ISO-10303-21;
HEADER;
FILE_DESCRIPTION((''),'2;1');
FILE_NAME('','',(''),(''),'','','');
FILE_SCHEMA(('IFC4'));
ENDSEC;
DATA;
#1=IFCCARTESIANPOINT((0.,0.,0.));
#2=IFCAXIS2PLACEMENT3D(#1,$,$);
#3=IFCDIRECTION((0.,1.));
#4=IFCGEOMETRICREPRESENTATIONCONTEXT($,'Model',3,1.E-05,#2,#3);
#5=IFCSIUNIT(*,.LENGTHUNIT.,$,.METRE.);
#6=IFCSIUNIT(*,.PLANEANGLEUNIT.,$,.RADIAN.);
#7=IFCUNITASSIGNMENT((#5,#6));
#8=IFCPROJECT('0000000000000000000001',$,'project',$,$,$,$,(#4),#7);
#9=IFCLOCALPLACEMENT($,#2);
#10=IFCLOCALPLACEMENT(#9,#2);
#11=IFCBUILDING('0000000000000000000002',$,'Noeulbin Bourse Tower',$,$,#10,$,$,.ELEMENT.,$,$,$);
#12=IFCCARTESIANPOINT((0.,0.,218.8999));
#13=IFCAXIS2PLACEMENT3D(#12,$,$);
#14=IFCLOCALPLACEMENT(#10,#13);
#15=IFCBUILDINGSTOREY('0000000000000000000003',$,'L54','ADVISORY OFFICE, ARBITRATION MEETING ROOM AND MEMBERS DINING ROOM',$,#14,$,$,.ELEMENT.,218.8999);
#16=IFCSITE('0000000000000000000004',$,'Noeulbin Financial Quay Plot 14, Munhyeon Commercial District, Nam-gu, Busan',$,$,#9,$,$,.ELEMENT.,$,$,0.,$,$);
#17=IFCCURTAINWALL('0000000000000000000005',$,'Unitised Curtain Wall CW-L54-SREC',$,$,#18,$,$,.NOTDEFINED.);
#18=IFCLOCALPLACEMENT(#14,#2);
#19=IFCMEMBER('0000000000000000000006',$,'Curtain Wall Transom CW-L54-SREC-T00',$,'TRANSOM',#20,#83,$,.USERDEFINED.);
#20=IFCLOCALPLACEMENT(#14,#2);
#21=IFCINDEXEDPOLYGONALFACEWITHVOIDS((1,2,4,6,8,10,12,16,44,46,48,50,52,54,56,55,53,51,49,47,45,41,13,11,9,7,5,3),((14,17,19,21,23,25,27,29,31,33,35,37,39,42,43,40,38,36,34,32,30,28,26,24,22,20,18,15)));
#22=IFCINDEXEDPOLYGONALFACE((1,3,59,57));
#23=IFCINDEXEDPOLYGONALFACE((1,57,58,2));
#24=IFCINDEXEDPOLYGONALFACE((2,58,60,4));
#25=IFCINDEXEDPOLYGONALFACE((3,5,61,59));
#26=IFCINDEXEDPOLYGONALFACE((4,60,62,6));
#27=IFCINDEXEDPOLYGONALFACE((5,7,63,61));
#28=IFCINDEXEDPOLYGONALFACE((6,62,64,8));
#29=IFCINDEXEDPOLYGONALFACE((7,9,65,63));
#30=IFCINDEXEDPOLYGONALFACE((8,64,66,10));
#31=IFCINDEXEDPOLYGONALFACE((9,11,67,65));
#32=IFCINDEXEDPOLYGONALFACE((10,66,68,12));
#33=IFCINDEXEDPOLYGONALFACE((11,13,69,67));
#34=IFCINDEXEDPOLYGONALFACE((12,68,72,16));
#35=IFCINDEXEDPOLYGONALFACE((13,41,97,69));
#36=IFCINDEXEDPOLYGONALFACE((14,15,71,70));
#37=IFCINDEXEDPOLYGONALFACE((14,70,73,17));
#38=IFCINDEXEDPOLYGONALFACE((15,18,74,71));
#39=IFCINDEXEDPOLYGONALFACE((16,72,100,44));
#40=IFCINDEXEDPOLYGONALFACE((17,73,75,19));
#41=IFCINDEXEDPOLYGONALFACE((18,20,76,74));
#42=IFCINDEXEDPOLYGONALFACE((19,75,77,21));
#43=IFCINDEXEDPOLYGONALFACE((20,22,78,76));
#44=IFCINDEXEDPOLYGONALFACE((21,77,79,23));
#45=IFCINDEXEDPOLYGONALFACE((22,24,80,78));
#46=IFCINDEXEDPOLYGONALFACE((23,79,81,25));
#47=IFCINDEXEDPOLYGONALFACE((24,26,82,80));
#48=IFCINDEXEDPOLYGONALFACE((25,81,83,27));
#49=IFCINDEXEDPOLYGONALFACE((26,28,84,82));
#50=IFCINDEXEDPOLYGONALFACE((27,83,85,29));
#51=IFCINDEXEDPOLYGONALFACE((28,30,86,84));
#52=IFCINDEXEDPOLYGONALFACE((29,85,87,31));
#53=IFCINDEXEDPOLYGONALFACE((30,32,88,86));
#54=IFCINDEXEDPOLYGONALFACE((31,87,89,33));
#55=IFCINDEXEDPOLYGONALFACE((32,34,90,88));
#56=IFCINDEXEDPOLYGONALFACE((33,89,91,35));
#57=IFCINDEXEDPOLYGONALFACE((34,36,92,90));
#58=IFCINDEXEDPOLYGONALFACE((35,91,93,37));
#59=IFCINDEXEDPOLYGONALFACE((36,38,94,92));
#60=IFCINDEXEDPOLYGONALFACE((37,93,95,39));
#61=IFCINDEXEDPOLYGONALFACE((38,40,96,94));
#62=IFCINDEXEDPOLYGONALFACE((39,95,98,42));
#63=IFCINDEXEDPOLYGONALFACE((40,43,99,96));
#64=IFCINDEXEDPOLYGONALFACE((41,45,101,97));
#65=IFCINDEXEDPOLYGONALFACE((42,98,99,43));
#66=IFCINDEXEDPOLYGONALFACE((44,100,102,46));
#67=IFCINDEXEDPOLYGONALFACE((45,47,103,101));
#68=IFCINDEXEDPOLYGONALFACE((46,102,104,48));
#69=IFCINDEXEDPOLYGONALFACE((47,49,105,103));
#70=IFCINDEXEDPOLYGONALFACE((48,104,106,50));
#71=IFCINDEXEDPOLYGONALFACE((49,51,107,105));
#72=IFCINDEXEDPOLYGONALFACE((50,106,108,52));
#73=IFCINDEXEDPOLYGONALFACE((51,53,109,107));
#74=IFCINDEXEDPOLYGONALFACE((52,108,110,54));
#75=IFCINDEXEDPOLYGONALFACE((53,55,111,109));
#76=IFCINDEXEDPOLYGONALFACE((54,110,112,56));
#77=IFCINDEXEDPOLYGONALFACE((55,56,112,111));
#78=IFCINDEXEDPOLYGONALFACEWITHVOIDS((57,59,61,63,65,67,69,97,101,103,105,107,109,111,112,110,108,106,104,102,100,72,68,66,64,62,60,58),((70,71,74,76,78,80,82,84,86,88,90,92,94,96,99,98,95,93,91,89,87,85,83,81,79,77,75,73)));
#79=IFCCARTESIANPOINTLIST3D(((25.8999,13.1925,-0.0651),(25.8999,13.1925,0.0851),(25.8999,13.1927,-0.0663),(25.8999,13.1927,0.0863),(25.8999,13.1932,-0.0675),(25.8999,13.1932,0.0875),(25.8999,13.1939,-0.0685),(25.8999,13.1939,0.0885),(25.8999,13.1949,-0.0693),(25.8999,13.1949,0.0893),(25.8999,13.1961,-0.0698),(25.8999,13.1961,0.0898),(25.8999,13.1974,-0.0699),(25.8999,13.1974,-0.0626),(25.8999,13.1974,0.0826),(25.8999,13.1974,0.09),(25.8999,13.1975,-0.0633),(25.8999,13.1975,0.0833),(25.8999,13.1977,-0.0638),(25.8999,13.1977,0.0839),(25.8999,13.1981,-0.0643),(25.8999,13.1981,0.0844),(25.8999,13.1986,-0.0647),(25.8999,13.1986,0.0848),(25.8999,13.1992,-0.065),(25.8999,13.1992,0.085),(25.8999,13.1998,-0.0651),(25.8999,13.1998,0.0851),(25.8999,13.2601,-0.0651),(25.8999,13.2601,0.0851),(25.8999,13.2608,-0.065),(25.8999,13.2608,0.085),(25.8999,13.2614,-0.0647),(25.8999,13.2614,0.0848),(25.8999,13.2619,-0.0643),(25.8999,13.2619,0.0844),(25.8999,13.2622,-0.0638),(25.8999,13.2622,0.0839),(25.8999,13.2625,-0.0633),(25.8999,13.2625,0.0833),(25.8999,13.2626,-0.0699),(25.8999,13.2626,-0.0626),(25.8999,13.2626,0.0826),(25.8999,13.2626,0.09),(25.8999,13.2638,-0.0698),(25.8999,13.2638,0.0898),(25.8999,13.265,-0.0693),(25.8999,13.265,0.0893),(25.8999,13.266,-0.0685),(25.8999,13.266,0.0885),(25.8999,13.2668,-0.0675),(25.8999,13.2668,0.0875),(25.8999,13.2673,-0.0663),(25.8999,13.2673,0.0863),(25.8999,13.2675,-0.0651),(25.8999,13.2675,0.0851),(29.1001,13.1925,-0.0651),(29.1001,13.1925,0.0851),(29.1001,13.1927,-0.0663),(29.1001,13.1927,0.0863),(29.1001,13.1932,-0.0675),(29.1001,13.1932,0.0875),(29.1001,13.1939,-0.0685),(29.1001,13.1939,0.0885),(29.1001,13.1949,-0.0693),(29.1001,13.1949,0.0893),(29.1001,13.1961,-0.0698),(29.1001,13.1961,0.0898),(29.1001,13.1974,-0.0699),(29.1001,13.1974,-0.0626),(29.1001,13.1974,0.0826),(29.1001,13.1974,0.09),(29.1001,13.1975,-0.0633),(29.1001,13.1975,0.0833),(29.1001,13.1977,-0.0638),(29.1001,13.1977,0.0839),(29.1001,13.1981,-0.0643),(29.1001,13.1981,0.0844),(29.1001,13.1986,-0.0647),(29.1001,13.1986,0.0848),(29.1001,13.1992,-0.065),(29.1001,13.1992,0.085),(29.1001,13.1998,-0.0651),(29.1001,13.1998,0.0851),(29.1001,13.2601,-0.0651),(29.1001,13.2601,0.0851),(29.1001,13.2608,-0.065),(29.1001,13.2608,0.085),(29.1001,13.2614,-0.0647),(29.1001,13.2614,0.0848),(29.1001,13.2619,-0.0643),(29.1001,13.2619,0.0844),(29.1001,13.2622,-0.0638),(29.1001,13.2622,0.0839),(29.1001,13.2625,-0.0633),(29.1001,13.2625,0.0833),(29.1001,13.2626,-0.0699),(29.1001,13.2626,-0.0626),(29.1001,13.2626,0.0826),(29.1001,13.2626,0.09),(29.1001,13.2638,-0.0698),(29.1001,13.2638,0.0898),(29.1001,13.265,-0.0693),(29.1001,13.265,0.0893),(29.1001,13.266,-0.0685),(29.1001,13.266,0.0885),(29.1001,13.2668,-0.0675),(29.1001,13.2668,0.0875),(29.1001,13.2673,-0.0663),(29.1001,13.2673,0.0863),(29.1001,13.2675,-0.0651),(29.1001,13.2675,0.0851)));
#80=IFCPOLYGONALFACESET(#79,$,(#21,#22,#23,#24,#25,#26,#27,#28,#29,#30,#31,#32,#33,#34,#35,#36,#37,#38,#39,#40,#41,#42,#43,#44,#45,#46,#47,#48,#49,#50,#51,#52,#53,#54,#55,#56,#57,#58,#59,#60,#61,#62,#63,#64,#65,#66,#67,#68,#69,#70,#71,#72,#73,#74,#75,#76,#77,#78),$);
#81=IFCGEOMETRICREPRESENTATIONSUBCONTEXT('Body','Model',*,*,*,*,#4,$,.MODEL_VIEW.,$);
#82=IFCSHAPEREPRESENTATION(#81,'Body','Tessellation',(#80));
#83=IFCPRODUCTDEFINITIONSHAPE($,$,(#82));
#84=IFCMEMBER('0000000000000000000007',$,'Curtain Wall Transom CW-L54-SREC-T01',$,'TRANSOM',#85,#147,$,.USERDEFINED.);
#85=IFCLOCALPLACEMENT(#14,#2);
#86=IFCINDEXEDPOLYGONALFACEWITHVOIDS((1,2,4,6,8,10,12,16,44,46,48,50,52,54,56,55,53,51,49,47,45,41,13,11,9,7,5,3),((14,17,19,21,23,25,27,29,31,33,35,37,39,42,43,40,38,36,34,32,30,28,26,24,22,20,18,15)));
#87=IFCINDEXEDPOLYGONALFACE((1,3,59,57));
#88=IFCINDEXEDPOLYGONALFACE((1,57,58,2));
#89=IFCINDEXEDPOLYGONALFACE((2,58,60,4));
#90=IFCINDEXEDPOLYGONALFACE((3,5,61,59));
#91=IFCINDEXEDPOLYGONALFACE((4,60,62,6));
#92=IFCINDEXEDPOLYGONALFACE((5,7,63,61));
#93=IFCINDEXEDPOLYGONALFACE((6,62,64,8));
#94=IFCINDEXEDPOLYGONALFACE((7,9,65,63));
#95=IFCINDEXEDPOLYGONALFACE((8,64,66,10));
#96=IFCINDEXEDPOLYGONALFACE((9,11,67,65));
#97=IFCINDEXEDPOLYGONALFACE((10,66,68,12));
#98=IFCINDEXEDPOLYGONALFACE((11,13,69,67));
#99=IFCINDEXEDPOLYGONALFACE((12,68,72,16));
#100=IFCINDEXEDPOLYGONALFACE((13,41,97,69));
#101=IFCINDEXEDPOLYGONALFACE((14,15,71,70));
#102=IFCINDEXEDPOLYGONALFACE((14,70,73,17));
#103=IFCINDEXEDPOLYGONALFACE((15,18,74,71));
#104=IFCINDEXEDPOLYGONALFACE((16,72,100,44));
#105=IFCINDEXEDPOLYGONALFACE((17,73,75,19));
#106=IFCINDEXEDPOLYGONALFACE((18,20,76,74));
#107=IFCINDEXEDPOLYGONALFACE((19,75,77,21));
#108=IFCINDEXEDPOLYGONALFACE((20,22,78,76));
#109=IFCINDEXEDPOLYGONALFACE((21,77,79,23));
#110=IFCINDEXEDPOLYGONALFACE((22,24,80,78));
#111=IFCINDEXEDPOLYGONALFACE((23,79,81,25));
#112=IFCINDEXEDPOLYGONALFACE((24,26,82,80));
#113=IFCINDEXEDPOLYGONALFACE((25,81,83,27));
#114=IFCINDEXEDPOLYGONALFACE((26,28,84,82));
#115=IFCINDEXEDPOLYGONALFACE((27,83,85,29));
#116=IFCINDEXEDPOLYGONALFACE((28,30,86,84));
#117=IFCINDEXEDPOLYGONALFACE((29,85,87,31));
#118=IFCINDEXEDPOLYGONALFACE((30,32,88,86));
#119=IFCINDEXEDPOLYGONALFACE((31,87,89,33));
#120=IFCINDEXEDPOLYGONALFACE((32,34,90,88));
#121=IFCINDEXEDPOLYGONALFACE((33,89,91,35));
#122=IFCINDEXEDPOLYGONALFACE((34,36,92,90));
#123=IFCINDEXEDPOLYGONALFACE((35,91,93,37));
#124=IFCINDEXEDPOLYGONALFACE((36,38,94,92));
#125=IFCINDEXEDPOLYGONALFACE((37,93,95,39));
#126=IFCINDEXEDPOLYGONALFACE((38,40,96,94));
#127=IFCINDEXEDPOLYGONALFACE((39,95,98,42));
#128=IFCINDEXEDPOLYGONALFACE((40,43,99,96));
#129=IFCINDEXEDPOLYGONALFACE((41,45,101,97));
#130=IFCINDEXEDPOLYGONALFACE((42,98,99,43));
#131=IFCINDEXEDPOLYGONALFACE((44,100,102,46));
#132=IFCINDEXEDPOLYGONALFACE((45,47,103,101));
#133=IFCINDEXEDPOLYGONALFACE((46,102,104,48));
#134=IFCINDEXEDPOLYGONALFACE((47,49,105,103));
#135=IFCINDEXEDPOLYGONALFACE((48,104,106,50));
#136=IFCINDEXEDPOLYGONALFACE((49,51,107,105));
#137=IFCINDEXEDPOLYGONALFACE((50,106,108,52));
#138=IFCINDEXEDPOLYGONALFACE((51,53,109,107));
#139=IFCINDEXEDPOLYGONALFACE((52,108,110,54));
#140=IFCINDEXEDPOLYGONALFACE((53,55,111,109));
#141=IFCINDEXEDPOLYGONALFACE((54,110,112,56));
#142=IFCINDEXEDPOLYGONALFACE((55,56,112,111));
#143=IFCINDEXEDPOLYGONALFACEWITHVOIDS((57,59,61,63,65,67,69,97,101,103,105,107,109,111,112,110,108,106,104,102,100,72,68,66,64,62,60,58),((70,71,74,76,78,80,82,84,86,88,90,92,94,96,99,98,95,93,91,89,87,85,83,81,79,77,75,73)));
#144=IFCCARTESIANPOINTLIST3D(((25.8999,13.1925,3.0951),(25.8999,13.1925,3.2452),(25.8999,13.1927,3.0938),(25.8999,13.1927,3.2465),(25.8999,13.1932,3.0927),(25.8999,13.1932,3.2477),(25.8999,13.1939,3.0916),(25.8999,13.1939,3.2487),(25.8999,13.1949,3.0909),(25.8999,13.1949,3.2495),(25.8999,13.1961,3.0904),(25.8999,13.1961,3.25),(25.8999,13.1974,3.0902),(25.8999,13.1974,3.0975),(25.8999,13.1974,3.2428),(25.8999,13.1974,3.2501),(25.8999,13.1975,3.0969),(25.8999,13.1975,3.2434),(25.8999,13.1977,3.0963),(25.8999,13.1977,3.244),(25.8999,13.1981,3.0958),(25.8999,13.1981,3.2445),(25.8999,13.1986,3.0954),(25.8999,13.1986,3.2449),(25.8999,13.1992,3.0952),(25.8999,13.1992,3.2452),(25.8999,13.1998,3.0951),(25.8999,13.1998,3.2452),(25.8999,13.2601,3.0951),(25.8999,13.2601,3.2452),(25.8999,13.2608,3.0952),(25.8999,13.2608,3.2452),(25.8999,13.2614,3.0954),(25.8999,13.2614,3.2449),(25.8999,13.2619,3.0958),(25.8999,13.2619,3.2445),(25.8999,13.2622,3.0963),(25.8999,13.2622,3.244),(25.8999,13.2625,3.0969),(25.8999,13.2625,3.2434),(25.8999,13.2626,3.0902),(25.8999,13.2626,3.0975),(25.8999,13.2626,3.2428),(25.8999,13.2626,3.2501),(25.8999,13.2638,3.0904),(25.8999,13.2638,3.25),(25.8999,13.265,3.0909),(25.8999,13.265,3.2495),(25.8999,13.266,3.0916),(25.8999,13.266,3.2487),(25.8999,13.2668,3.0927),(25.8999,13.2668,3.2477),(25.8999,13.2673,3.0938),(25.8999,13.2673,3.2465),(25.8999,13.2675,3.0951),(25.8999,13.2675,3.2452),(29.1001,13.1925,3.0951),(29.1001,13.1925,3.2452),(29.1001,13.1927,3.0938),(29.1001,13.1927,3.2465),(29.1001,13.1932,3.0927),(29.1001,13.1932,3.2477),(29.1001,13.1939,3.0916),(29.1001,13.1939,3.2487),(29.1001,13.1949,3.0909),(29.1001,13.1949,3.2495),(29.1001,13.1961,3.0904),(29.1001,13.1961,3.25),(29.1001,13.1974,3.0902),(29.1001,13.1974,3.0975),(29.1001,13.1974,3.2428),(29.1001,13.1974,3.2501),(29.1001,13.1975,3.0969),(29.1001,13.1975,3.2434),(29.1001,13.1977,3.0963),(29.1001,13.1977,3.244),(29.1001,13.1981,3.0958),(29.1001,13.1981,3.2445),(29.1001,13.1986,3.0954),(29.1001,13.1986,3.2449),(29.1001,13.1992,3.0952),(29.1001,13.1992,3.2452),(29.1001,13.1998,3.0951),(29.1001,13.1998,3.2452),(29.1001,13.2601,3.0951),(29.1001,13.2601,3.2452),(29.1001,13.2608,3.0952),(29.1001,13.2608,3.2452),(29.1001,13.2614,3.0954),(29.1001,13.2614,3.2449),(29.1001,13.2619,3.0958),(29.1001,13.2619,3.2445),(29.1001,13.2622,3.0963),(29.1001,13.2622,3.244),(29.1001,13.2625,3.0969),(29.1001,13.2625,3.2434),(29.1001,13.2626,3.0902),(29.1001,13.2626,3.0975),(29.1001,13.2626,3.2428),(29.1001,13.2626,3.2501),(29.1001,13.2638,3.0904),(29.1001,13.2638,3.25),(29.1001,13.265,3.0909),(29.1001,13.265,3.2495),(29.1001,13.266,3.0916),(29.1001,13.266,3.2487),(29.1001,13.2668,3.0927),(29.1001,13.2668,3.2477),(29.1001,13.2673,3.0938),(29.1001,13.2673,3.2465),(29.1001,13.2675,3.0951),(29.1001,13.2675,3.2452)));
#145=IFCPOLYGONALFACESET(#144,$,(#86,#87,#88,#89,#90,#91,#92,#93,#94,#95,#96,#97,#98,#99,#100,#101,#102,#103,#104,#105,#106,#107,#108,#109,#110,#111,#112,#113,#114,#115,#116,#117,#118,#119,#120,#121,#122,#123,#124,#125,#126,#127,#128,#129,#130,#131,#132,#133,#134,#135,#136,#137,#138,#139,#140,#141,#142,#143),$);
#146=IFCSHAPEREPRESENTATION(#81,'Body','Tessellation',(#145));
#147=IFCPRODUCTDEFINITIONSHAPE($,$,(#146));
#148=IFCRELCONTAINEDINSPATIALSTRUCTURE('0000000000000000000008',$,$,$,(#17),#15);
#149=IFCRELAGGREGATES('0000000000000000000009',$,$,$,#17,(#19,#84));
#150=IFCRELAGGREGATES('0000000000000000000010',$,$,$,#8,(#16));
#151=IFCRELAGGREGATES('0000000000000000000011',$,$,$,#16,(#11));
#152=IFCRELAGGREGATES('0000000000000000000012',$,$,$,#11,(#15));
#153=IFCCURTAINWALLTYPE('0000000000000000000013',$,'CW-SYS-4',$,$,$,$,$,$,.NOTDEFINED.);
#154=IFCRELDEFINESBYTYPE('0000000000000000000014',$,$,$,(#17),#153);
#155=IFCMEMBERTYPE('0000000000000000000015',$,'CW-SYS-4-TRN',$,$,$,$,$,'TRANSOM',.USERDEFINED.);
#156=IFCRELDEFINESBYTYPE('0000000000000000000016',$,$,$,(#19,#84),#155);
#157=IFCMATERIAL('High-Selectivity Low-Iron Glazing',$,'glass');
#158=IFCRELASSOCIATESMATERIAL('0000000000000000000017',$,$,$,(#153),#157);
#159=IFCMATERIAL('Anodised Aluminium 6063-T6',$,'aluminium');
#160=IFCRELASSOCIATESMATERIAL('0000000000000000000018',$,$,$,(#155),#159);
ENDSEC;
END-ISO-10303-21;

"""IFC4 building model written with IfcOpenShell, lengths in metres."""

from ifc_helpers import new_model, si_unit, direction, frame, origin, origin_2d, place, context, subcontext, project, spatial, hollow_rectangle, extrude, material, material_profile, profile_set, type_object, element, aggregate, save


model = new_model("IFC4")

# Units and contexts
model_context = context("Model", 3, precision=1e-05, world=origin(), true_north=direction((0.0, 1.0)))
body_context = subcontext(model_context, "Body", "Model", "MODEL_VIEW")
ifc_project = project(units=[si_unit("LENGTHUNIT", "METRE"), si_unit("PLANEANGLEUNIT", "RADIAN")], contexts=[model_context])

# Site, building, storey
site_placement = place(None, origin())
site = spatial("IfcSite", under=ifc_project, at=site_placement, Name="Noeulbin Financial Quay Plot 14, Munhyeon Commercial District, Nam-gu, Busan", CompositionType="ELEMENT", RefElevation=0.0)
building_placement = place(site_placement, origin())
building = spatial("IfcBuilding", under=site, at=building_placement, Name="Noeulbin Bourse Tower", CompositionType="ELEMENT")
storey_placement = place(building_placement, frame((0.0, 0.0, 218.8999)))
storey = spatial("IfcBuildingStorey", under=building, at=storey_placement, Name="L54", Description="ADVISORY OFFICE, ARBITRATION MEETING ROOM AND MEMBERS DINING ROOM", CompositionType="ELEMENT", Elevation=218.8999)

# Curtain wall
ifc_material_1 = material(Name="High-Selectivity Low-Iron Glazing", Category="glass")
curtain_wall_type = type_object("IfcCurtainWallType", Name="CW-SYS-4", PredefinedType="NOTDEFINED", material=ifc_material_1)
curtain_wall_1_placement = place(storey_placement, origin())
curtain_wall_1 = element("IfcCurtainWall", 1, at=curtain_wall_1_placement, inside=storey, type_object=curtain_wall_type, Name="Unitised Curtain Wall CW-L54-SREC", PredefinedType="NOTDEFINED")
ifc_material_2 = material(Name="Anodised Aluminium 6063-T6", Category="aluminium")

# Members
ifc_material_profile_1 = material_profile(ifc_material_2, hollow_rectangle(XDim=0.075, YDim=0.1599, WallThickness=0.0049, InnerFilletRadius=0.0024, OuterFilletRadius=0.0049, at=origin_2d()), Name="ALU-TRAN-75x160x5", Category="LoadBearing")
ifc_profile_set_1 = profile_set([ifc_material_profile_1], Name="Anodised Aluminium 6063-T6")
member_type_1 = type_object("IfcMemberType", Name="CW-SYS-4-TRN", ElementType="TRANSOM", PredefinedType="USERDEFINED", material=ifc_profile_set_1)
member_1_placement = place(storey_placement, frame((25.8999, 13.23, 0.01), z_axis=(1.0, 0.0, 0.0), x_axis=(0.0, 1.0, 0.0)))
member_1 = element("IfcMember", 2, at=member_1_placement, type_object=member_type_1, Name="Curtain Wall Transom CW-L54-SREC-T00", ObjectType="TRANSOM", PredefinedType="USERDEFINED", context=body_context, shape_type="SweptSolid", body=[
    extrude(hollow_rectangle(XDim=0.075, YDim=0.1599, WallThickness=0.0049, InnerFilletRadius=0.0024, OuterFilletRadius=0.0049, at=origin_2d()), origin(), (0.0, 0.0, 1.0), 3.2002),
])
member_2_placement = place(storey_placement, frame((25.8999, 13.23, 3.1702), z_axis=(1.0, 0.0, 0.0), x_axis=(0.0, 1.0, 0.0)))
member_2 = element("IfcMember", 3, at=member_2_placement, type_object=member_type_1, Name="Curtain Wall Transom CW-L54-SREC-T01", ObjectType="TRANSOM", PredefinedType="USERDEFINED", context=body_context, shape_type="SweptSolid", body=[
    extrude(hollow_rectangle(XDim=0.075, YDim=0.1599, WallThickness=0.0049, InnerFilletRadius=0.0024, OuterFilletRadius=0.0049, at=origin_2d()), origin(), (0.0, 0.0, 1.0), 3.2002),
])

aggregate(curtain_wall_1, [member_1, member_2])

save(model, "model.ifc")
